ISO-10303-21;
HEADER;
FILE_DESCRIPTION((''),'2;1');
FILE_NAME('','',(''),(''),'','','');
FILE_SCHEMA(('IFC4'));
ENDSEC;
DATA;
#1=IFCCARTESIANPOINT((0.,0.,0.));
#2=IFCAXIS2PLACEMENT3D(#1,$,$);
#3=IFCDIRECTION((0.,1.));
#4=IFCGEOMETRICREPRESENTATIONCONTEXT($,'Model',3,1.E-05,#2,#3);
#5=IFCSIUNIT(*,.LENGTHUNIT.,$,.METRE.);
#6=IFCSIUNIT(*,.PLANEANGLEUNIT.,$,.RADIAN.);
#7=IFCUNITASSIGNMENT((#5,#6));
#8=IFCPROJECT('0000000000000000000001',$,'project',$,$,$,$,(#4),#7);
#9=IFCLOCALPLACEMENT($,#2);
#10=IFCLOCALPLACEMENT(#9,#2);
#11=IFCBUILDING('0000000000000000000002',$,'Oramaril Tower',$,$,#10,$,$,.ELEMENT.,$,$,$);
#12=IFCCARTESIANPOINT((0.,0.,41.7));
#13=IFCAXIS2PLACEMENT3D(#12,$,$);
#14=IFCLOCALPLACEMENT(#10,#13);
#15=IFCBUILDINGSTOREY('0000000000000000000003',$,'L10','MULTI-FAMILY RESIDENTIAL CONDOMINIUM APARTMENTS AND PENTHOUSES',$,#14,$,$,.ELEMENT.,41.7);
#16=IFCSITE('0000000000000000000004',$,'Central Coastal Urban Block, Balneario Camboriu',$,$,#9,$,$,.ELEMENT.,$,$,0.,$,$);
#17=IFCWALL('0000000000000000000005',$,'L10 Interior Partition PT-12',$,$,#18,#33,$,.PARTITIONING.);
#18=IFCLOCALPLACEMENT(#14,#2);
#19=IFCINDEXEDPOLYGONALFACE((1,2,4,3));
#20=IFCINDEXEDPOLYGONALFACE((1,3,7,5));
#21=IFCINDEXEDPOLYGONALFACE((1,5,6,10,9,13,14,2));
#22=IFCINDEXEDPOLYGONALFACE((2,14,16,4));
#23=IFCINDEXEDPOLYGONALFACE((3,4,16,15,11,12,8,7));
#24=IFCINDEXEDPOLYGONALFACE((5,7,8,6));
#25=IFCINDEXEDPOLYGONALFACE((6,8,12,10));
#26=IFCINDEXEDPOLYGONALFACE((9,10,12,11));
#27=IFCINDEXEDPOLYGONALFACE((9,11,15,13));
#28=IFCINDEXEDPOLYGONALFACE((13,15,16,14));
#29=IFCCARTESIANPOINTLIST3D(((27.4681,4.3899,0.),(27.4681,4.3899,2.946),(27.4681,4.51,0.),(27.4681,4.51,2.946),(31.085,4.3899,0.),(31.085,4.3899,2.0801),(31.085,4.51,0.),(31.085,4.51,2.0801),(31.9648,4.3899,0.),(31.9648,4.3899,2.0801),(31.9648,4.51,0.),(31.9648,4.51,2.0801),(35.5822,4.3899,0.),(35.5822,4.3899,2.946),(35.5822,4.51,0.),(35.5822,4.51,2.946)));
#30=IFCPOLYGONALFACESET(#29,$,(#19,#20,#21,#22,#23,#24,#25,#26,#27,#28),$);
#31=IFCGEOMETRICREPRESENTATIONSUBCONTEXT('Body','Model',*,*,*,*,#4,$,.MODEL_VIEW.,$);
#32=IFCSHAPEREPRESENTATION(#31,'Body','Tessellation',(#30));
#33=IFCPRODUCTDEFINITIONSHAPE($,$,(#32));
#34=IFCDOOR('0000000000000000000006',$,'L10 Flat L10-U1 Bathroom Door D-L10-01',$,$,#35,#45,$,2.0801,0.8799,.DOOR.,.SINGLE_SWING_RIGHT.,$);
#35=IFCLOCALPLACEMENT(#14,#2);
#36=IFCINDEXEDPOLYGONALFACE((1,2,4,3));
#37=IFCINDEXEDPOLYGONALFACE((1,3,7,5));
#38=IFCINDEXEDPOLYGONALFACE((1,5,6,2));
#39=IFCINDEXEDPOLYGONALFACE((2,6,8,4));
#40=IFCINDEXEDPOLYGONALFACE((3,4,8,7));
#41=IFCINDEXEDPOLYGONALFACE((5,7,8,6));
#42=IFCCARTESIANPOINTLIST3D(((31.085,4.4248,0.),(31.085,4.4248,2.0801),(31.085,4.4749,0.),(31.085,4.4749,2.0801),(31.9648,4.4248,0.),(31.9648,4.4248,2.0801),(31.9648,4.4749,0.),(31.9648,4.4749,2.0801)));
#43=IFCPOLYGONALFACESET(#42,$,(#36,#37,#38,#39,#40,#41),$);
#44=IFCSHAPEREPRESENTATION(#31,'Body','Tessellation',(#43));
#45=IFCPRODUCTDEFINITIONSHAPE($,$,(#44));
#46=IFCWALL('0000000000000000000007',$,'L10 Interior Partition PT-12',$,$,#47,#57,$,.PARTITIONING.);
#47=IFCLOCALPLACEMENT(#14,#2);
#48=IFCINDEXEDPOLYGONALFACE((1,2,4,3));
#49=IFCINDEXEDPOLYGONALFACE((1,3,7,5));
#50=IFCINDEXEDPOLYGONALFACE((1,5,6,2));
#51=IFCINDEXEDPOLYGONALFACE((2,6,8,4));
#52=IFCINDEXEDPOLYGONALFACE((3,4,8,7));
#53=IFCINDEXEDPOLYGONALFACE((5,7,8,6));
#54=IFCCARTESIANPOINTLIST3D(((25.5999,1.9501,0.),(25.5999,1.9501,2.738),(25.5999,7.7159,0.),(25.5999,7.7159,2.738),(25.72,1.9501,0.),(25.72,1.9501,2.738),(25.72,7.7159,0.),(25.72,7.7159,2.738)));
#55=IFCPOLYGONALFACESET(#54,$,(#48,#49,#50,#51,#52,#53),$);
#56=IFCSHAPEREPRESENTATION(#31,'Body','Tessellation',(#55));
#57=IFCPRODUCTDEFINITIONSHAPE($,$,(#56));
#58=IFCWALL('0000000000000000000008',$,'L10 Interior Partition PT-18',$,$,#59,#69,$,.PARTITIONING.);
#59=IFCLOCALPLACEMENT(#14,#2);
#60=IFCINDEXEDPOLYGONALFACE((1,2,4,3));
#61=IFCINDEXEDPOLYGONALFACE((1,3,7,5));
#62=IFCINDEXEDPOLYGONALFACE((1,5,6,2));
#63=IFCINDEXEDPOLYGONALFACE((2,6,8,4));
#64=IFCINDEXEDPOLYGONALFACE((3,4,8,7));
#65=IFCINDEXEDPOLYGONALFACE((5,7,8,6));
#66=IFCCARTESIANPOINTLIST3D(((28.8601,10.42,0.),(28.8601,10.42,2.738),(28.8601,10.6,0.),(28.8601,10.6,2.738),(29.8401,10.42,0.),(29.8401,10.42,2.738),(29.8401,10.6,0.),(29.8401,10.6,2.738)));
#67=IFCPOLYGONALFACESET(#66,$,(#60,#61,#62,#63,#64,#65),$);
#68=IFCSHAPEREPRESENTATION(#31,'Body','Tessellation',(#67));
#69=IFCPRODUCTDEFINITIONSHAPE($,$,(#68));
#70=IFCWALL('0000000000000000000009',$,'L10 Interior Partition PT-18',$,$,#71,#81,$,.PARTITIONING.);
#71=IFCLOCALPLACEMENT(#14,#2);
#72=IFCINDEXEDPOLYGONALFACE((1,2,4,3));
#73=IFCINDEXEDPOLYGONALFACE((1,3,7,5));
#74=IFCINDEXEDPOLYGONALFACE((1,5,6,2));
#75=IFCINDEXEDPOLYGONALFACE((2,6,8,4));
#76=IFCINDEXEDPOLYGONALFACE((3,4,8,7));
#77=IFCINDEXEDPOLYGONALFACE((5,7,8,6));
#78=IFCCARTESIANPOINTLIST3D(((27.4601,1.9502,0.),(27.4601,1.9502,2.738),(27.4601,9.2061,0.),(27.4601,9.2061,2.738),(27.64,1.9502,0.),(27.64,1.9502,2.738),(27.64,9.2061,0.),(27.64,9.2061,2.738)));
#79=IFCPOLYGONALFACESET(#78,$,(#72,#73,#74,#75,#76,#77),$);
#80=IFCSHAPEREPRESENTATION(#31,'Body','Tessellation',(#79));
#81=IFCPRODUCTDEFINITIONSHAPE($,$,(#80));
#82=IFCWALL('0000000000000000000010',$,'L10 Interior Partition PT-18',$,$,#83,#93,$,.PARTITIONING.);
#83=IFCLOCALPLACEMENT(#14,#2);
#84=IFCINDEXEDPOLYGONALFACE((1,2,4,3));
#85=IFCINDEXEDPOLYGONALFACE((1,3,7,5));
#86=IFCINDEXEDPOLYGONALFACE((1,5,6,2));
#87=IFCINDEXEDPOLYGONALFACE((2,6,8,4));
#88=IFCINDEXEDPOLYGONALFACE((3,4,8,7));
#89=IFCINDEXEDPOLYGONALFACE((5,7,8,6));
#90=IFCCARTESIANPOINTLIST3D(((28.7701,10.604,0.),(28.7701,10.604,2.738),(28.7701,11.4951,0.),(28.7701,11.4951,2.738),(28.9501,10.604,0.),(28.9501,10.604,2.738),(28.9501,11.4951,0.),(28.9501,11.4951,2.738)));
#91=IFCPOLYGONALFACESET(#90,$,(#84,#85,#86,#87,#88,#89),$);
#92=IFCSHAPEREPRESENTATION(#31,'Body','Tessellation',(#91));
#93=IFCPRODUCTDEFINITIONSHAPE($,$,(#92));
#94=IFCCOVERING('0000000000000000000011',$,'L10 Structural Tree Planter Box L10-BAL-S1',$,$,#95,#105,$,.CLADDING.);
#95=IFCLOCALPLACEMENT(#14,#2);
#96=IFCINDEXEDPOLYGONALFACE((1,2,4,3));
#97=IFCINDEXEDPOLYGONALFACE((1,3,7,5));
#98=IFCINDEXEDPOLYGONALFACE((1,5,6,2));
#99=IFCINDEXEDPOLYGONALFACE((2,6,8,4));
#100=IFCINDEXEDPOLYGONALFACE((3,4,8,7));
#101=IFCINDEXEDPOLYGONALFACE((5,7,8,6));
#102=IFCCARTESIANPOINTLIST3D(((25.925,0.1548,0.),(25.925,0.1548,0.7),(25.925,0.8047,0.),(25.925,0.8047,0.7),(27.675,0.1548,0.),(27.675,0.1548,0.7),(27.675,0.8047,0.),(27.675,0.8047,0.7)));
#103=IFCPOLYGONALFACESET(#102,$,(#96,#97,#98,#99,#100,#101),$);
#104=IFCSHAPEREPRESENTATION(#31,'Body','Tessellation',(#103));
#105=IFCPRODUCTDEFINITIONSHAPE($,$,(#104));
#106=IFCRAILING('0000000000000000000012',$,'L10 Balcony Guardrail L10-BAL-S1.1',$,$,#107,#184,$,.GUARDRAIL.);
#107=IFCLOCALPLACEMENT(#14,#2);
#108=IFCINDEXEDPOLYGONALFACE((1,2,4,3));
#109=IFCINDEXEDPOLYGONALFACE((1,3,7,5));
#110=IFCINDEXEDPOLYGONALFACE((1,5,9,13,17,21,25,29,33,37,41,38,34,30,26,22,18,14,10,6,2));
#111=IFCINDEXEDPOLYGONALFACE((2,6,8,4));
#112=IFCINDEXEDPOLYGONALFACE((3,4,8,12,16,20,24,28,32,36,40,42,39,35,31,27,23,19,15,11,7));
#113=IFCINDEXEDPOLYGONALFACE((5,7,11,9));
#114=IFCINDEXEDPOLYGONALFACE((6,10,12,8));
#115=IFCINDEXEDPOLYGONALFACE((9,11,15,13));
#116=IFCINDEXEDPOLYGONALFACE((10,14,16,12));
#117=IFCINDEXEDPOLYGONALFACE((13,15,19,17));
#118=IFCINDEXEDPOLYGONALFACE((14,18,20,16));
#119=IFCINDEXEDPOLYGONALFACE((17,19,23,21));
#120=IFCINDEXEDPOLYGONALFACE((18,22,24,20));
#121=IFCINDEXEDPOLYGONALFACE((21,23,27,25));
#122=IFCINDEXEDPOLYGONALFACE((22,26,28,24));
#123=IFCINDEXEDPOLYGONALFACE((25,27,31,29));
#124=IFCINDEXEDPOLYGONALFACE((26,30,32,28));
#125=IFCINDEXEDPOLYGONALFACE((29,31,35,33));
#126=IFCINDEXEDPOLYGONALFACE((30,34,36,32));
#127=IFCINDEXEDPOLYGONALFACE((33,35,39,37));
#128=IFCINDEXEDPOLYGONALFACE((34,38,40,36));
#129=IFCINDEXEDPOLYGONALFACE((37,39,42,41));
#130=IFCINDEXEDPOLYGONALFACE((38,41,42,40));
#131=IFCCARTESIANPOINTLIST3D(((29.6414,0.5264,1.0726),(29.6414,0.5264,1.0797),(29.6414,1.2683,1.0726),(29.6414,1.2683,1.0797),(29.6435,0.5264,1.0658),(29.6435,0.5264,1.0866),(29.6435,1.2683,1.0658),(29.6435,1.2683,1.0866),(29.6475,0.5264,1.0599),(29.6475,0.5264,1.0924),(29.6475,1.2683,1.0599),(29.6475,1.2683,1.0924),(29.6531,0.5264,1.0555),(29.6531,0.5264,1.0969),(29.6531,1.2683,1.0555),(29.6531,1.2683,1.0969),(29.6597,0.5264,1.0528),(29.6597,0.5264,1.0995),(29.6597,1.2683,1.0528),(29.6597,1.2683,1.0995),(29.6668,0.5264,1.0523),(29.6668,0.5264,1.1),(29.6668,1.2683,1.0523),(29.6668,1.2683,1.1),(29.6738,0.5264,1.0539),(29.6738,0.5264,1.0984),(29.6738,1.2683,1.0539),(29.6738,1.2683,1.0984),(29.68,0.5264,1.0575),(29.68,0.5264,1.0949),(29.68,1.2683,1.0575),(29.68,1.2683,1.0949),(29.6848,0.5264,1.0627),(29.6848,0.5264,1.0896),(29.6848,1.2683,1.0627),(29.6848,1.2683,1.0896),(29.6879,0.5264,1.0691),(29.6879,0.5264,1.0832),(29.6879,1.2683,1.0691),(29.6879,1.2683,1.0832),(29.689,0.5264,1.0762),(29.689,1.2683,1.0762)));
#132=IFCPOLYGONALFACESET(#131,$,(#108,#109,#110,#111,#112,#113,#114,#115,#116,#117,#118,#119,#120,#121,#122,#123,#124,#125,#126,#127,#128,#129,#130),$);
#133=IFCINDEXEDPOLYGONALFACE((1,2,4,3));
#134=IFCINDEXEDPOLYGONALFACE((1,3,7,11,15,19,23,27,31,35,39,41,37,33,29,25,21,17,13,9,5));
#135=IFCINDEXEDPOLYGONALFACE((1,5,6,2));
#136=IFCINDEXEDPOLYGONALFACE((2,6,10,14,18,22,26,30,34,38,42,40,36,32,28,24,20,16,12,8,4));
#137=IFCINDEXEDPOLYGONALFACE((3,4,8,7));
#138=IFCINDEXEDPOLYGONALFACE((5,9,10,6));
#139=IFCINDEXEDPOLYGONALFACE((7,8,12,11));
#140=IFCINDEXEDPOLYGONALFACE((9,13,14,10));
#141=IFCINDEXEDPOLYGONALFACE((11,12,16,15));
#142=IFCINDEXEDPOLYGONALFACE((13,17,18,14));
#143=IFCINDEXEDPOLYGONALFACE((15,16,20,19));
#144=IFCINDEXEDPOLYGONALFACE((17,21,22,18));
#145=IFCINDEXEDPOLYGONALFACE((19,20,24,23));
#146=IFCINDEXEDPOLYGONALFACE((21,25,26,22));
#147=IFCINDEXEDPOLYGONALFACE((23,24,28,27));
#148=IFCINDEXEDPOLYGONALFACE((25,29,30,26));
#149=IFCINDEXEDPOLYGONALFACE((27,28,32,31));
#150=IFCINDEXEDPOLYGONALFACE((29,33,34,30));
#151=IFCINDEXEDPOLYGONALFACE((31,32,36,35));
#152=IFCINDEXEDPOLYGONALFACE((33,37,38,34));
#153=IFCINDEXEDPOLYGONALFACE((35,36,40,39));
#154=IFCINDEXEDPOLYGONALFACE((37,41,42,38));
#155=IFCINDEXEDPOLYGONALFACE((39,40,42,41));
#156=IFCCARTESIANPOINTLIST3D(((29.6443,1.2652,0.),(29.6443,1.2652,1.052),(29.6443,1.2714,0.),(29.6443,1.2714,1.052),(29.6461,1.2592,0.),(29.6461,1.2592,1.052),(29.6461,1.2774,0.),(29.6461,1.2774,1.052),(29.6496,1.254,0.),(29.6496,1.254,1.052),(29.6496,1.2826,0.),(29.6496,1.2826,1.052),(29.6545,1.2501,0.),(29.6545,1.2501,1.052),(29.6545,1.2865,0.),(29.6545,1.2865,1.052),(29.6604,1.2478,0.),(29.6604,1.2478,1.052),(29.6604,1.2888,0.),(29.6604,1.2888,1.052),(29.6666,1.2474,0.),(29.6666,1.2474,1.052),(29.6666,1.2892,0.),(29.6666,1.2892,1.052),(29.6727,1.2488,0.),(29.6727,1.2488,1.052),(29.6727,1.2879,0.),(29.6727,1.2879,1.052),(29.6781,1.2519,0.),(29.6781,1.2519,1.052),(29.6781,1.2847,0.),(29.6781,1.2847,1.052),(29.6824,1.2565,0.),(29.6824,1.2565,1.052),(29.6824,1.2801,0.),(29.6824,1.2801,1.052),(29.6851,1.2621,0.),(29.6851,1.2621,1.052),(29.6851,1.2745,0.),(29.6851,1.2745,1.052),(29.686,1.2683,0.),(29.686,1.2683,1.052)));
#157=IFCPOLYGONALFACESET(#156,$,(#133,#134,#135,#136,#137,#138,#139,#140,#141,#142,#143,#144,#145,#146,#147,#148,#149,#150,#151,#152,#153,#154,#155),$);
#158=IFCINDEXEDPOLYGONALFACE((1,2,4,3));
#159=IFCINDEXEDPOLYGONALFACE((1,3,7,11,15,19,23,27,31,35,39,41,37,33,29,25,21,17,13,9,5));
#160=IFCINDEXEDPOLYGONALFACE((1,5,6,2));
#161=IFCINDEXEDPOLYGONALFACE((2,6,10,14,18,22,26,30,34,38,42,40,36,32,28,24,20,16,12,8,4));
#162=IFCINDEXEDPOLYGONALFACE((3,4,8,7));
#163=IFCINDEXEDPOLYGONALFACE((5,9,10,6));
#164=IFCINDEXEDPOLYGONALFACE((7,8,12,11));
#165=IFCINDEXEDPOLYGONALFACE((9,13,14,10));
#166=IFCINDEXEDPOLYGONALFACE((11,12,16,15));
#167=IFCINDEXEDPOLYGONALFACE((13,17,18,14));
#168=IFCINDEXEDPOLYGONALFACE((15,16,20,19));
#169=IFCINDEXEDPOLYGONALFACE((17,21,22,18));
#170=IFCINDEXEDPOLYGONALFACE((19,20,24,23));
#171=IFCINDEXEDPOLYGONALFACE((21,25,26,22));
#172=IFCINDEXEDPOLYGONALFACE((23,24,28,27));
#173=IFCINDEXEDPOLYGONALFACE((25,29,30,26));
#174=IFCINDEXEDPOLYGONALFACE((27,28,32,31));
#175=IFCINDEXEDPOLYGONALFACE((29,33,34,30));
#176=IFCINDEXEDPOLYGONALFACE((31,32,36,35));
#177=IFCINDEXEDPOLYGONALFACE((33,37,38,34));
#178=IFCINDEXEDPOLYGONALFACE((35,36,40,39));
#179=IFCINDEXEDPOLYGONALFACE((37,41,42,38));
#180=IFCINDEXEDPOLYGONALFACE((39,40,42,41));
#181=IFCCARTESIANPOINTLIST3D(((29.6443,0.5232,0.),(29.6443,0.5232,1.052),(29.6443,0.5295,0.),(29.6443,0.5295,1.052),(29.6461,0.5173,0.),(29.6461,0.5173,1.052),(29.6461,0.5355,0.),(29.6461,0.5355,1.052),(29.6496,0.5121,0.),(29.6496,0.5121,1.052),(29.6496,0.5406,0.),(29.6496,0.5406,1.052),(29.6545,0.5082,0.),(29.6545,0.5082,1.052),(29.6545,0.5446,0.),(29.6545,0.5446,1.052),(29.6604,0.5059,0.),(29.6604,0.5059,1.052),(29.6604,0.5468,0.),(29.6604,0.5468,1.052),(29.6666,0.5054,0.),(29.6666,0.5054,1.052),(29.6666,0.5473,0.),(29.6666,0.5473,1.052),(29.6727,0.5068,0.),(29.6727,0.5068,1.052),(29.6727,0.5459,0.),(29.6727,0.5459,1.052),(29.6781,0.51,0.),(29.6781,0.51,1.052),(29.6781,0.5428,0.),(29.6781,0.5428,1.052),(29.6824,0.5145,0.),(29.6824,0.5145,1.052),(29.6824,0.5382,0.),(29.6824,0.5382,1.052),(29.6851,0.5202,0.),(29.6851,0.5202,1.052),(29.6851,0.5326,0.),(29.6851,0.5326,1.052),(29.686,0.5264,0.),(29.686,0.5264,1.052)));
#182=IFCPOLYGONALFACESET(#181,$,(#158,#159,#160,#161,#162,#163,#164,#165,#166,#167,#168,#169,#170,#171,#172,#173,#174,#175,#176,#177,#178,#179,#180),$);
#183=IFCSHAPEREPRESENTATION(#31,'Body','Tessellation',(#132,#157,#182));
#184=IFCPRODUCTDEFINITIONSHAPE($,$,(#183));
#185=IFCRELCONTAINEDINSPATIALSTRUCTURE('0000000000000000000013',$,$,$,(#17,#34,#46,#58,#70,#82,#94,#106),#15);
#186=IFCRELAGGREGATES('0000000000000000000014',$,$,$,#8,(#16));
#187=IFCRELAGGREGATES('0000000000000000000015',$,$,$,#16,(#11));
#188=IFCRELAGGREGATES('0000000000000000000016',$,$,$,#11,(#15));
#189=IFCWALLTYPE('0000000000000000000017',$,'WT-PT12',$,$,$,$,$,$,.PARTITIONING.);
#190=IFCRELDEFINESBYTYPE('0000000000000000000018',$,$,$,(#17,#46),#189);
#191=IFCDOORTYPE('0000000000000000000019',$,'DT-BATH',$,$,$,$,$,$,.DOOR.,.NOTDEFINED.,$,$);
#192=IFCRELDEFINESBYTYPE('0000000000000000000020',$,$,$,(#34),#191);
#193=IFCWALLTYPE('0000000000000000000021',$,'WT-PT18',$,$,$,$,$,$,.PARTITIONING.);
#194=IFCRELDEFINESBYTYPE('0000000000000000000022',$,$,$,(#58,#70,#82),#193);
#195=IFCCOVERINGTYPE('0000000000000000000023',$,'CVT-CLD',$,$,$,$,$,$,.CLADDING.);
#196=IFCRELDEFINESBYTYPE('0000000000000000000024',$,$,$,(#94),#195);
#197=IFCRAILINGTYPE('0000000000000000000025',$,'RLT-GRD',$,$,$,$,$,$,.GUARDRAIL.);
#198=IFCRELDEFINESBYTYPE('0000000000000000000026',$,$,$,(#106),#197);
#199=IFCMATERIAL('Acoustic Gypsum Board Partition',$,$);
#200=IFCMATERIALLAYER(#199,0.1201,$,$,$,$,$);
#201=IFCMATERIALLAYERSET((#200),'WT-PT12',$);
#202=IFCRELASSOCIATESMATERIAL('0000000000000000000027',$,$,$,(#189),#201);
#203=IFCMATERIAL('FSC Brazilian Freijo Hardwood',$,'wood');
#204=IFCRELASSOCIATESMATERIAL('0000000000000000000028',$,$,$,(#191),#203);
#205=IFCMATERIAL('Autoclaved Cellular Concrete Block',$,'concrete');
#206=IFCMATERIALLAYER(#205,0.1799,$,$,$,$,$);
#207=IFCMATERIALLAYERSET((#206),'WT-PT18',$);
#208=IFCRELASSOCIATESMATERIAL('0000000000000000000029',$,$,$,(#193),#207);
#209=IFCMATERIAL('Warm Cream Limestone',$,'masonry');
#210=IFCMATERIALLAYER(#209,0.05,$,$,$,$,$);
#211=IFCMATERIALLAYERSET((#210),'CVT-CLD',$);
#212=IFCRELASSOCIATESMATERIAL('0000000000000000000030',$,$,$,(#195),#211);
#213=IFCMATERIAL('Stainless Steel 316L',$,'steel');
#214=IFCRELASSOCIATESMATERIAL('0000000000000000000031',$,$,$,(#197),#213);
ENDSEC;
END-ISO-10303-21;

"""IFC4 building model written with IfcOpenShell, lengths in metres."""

from ifc_helpers import new_model, si_unit, direction, frame, frame_2d, origin, origin_2d, place, context, subcontext, project, spatial, rectangle, circle, extrude, material, layer, layer_set, type_object, element, fill, save


model = new_model("IFC4")

# Units and contexts
model_context = context("Model", 3, precision=1e-05, world=origin(), true_north=direction((0.0, 1.0)))
body_context = subcontext(model_context, "Body", "Model", "MODEL_VIEW")
ifc_project = project(units=[si_unit("LENGTHUNIT", "METRE"), si_unit("PLANEANGLEUNIT", "RADIAN")], contexts=[model_context])

# Site, building, storey
site_placement = place(None, origin())
site = spatial("IfcSite", under=ifc_project, at=site_placement, Name="Central Coastal Urban Block, Balneario Camboriu", CompositionType="ELEMENT", RefElevation=0.0)
building_placement = place(site_placement, origin())
building = spatial("IfcBuilding", under=site, at=building_placement, Name="Oramaril Tower", CompositionType="ELEMENT")
storey_placement = place(building_placement, frame((0.0, 0.0, 41.7)))
storey = spatial("IfcBuildingStorey", under=building, at=storey_placement, Name="L10", Description="MULTI-FAMILY RESIDENTIAL CONDOMINIUM APARTMENTS AND PENTHOUSES", CompositionType="ELEMENT", Elevation=41.7)

# Wall, opening, door
ifc_material_1 = material(Name="Acoustic Gypsum Board Partition")
ifc_layer_1 = layer(ifc_material_1, 0.1201)
ifc_layer_set_1 = layer_set([ifc_layer_1], Name="WT-PT12")
wall_type_1 = type_object("IfcWallType", Name="WT-PT12", PredefinedType="PARTITIONING", material=ifc_layer_set_1)
wall_1_placement = place(storey_placement, frame((27.468, 4.45, 0.0), z_axis=(0.0, 0.0, 1.0), x_axis=(1.0, 0.0, 0.0)))
wall_1 = element("IfcWall", 1, at=wall_1_placement, inside=storey, type_object=wall_type_1, Name="L10 Interior Partition PT-12", PredefinedType="PARTITIONING", context=body_context, shape_type="SweptSolid", body=[
    extrude(rectangle(XDim=8.114, YDim=0.1201, at=frame_2d((4.0571, 0.0))), origin(), (0.0, 0.0, 1.0), 2.946),
])
opening_placement = place(wall_1_placement, frame((3.6169, 0.0, 0.0)))
opening = element("IfcOpeningElement", 2, at=opening_placement, cuts=wall_1, PredefinedType="OPENING", context=body_context, shape_type="SweptSolid", body=[
    extrude(rectangle(XDim=0.8799, YDim=2.0801, at=frame_2d((0.4399, 1.04))), frame((0.0, 0.0601, 0.0), z_axis=(0.0, -1.0, 0.0), x_axis=(1.0, 0.0, 0.0)), (0.0, 0.0, 1.0), 0.1201),
])
ifc_material_2 = material(Name="FSC Brazilian Freijo Hardwood", Category="wood")
door_type = type_object("IfcDoorType", Name="DT-BATH", OperationType="NOTDEFINED", PredefinedType="DOOR", material=ifc_material_2)
door_placement = place(opening_placement, origin())
door = element("IfcDoor", 3, at=door_placement, inside=storey, type_object=door_type, Name="L10 Flat L10-U1 Bathroom Door D-L10-01", OperationType="SINGLE_SWING_RIGHT", OverallHeight=2.0801, OverallWidth=0.8799, PredefinedType="DOOR", context=body_context, shape_type="SweptSolid", body=[
    extrude(rectangle(XDim=0.8799, YDim=2.0801, at=frame_2d((0.4399, 1.04))), frame((0.0, 0.0249, 0.0), z_axis=(0.0, -1.0, 0.0), x_axis=(1.0, 0.0, 0.0)), (0.0, 0.0, 1.0), 0.05),
])
fill(opening, door)

# Walls
wall_2_placement = place(storey_placement, frame((25.6599, 1.9502, 0.0), z_axis=(0.0, 0.0, 1.0), x_axis=(0.0, 1.0, 0.0)))
element("IfcWall", 4, at=wall_2_placement, inside=storey, type_object=wall_type_1, Name="L10 Interior Partition PT-12", PredefinedType="PARTITIONING", context=body_context, shape_type="SweptSolid", body=[
    extrude(rectangle(XDim=5.7659, YDim=0.1201, at=frame_2d((2.8828, 0.0))), origin(), (0.0, 0.0, 1.0), 2.738),
])
ifc_material_3 = material(Name="Autoclaved Cellular Concrete Block", Category="concrete")
ifc_layer_2 = layer(ifc_material_3, 0.1799)
ifc_layer_set_2 = layer_set([ifc_layer_2], Name="WT-PT18")
wall_type_2 = type_object("IfcWallType", Name="WT-PT18", PredefinedType="PARTITIONING", material=ifc_layer_set_2)
wall_3_placement = place(storey_placement, frame((28.8601, 10.51, 0.0), z_axis=(0.0, 0.0, 1.0), x_axis=(1.0, 0.0, 0.0)))
element("IfcWall", 5, at=wall_3_placement, inside=storey, type_object=wall_type_2, Name="L10 Interior Partition PT-18", PredefinedType="PARTITIONING", context=body_context, shape_type="SweptSolid", body=[
    extrude(rectangle(XDim=0.98, YDim=0.1799, at=frame_2d((0.49, 0.0))), origin(), (0.0, 0.0, 1.0), 2.738),
])
wall_4_placement = place(storey_placement, frame((27.55, 1.9502, 0.0), z_axis=(0.0, 0.0, 1.0), x_axis=(0.0, 1.0, 0.0)))
element("IfcWall", 6, at=wall_4_placement, inside=storey, type_object=wall_type_2, Name="L10 Interior Partition PT-18", PredefinedType="PARTITIONING", context=body_context, shape_type="SweptSolid", body=[
    extrude(rectangle(XDim=7.2559, YDim=0.1799, at=frame_2d((3.6279, 0.0))), origin(), (0.0, 0.0, 1.0), 2.738),
])
wall_5_placement = place(storey_placement, frame((28.8601, 10.604, 0.0), z_axis=(0.0, 0.0, 1.0), x_axis=(0.0, 1.0, 0.0)))
element("IfcWall", 7, at=wall_5_placement, inside=storey, type_object=wall_type_2, Name="L10 Interior Partition PT-18", PredefinedType="PARTITIONING", context=body_context, shape_type="SweptSolid", body=[
    extrude(rectangle(XDim=0.8911, YDim=0.1799, at=frame_2d((0.4456, 0.0))), origin(), (0.0, 0.0, 1.0), 2.738),
])

# Covering
ifc_material_4 = material(Name="Warm Cream Limestone", Category="masonry")
ifc_layer_3 = layer(ifc_material_4, 0.05)
ifc_layer_set_3 = layer_set([ifc_layer_3], Name="CVT-CLD")
covering_type = type_object("IfcCoveringType", Name="CVT-CLD", PredefinedType="CLADDING", material=ifc_layer_set_3)
covering_placement = place(storey_placement, frame((26.8, 0.4797, 0.0), z_axis=(0.0, 0.0, 1.0), x_axis=(1.0, 0.0, 0.0)))
element("IfcCovering", 8, at=covering_placement, inside=storey, type_object=covering_type, Name="L10 Structural Tree Planter Box L10-BAL-S1", PredefinedType="CLADDING", context=body_context, shape_type="SweptSolid", body=[
    extrude(rectangle(XDim=1.75, YDim=0.6499, at=origin_2d()), origin(), (0.0, 0.0, 1.0), 0.7),
])

# Railing
ifc_material_5 = material(Name="Stainless Steel 316L", Category="steel")
railing_type = type_object("IfcRailingType", Name="RLT-GRD", PredefinedType="GUARDRAIL", material=ifc_material_5)
railing_1_placement = place(storey_placement, frame((29.665, 1.2683, 0.0)))
element("IfcRailing", 9, at=railing_1_placement, inside=storey, type_object=railing_type, Name="L10 Balcony Guardrail L10-BAL-S1.1", PredefinedType="GUARDRAIL", context=body_context, shape_type="SweptSolid", body=[
    extrude(circle(Radius=0.0239, at=origin_2d()), frame((0.0, 0.0, 1.0762), z_axis=(0.0, -1.0, 0.0), x_axis=(1.0, 0.0, 0.0)), (0.0, 0.0, 1.0), 0.7419),
    extrude(circle(Radius=0.021, at=origin_2d()), origin(), (0.0, 0.0, 1.0), 1.052),
    extrude(circle(Radius=0.021, at=origin_2d()), frame((0.0, -0.7419, 0.0)), (0.0, 0.0, 1.0), 1.052),
])

save(model, "model.ifc")
